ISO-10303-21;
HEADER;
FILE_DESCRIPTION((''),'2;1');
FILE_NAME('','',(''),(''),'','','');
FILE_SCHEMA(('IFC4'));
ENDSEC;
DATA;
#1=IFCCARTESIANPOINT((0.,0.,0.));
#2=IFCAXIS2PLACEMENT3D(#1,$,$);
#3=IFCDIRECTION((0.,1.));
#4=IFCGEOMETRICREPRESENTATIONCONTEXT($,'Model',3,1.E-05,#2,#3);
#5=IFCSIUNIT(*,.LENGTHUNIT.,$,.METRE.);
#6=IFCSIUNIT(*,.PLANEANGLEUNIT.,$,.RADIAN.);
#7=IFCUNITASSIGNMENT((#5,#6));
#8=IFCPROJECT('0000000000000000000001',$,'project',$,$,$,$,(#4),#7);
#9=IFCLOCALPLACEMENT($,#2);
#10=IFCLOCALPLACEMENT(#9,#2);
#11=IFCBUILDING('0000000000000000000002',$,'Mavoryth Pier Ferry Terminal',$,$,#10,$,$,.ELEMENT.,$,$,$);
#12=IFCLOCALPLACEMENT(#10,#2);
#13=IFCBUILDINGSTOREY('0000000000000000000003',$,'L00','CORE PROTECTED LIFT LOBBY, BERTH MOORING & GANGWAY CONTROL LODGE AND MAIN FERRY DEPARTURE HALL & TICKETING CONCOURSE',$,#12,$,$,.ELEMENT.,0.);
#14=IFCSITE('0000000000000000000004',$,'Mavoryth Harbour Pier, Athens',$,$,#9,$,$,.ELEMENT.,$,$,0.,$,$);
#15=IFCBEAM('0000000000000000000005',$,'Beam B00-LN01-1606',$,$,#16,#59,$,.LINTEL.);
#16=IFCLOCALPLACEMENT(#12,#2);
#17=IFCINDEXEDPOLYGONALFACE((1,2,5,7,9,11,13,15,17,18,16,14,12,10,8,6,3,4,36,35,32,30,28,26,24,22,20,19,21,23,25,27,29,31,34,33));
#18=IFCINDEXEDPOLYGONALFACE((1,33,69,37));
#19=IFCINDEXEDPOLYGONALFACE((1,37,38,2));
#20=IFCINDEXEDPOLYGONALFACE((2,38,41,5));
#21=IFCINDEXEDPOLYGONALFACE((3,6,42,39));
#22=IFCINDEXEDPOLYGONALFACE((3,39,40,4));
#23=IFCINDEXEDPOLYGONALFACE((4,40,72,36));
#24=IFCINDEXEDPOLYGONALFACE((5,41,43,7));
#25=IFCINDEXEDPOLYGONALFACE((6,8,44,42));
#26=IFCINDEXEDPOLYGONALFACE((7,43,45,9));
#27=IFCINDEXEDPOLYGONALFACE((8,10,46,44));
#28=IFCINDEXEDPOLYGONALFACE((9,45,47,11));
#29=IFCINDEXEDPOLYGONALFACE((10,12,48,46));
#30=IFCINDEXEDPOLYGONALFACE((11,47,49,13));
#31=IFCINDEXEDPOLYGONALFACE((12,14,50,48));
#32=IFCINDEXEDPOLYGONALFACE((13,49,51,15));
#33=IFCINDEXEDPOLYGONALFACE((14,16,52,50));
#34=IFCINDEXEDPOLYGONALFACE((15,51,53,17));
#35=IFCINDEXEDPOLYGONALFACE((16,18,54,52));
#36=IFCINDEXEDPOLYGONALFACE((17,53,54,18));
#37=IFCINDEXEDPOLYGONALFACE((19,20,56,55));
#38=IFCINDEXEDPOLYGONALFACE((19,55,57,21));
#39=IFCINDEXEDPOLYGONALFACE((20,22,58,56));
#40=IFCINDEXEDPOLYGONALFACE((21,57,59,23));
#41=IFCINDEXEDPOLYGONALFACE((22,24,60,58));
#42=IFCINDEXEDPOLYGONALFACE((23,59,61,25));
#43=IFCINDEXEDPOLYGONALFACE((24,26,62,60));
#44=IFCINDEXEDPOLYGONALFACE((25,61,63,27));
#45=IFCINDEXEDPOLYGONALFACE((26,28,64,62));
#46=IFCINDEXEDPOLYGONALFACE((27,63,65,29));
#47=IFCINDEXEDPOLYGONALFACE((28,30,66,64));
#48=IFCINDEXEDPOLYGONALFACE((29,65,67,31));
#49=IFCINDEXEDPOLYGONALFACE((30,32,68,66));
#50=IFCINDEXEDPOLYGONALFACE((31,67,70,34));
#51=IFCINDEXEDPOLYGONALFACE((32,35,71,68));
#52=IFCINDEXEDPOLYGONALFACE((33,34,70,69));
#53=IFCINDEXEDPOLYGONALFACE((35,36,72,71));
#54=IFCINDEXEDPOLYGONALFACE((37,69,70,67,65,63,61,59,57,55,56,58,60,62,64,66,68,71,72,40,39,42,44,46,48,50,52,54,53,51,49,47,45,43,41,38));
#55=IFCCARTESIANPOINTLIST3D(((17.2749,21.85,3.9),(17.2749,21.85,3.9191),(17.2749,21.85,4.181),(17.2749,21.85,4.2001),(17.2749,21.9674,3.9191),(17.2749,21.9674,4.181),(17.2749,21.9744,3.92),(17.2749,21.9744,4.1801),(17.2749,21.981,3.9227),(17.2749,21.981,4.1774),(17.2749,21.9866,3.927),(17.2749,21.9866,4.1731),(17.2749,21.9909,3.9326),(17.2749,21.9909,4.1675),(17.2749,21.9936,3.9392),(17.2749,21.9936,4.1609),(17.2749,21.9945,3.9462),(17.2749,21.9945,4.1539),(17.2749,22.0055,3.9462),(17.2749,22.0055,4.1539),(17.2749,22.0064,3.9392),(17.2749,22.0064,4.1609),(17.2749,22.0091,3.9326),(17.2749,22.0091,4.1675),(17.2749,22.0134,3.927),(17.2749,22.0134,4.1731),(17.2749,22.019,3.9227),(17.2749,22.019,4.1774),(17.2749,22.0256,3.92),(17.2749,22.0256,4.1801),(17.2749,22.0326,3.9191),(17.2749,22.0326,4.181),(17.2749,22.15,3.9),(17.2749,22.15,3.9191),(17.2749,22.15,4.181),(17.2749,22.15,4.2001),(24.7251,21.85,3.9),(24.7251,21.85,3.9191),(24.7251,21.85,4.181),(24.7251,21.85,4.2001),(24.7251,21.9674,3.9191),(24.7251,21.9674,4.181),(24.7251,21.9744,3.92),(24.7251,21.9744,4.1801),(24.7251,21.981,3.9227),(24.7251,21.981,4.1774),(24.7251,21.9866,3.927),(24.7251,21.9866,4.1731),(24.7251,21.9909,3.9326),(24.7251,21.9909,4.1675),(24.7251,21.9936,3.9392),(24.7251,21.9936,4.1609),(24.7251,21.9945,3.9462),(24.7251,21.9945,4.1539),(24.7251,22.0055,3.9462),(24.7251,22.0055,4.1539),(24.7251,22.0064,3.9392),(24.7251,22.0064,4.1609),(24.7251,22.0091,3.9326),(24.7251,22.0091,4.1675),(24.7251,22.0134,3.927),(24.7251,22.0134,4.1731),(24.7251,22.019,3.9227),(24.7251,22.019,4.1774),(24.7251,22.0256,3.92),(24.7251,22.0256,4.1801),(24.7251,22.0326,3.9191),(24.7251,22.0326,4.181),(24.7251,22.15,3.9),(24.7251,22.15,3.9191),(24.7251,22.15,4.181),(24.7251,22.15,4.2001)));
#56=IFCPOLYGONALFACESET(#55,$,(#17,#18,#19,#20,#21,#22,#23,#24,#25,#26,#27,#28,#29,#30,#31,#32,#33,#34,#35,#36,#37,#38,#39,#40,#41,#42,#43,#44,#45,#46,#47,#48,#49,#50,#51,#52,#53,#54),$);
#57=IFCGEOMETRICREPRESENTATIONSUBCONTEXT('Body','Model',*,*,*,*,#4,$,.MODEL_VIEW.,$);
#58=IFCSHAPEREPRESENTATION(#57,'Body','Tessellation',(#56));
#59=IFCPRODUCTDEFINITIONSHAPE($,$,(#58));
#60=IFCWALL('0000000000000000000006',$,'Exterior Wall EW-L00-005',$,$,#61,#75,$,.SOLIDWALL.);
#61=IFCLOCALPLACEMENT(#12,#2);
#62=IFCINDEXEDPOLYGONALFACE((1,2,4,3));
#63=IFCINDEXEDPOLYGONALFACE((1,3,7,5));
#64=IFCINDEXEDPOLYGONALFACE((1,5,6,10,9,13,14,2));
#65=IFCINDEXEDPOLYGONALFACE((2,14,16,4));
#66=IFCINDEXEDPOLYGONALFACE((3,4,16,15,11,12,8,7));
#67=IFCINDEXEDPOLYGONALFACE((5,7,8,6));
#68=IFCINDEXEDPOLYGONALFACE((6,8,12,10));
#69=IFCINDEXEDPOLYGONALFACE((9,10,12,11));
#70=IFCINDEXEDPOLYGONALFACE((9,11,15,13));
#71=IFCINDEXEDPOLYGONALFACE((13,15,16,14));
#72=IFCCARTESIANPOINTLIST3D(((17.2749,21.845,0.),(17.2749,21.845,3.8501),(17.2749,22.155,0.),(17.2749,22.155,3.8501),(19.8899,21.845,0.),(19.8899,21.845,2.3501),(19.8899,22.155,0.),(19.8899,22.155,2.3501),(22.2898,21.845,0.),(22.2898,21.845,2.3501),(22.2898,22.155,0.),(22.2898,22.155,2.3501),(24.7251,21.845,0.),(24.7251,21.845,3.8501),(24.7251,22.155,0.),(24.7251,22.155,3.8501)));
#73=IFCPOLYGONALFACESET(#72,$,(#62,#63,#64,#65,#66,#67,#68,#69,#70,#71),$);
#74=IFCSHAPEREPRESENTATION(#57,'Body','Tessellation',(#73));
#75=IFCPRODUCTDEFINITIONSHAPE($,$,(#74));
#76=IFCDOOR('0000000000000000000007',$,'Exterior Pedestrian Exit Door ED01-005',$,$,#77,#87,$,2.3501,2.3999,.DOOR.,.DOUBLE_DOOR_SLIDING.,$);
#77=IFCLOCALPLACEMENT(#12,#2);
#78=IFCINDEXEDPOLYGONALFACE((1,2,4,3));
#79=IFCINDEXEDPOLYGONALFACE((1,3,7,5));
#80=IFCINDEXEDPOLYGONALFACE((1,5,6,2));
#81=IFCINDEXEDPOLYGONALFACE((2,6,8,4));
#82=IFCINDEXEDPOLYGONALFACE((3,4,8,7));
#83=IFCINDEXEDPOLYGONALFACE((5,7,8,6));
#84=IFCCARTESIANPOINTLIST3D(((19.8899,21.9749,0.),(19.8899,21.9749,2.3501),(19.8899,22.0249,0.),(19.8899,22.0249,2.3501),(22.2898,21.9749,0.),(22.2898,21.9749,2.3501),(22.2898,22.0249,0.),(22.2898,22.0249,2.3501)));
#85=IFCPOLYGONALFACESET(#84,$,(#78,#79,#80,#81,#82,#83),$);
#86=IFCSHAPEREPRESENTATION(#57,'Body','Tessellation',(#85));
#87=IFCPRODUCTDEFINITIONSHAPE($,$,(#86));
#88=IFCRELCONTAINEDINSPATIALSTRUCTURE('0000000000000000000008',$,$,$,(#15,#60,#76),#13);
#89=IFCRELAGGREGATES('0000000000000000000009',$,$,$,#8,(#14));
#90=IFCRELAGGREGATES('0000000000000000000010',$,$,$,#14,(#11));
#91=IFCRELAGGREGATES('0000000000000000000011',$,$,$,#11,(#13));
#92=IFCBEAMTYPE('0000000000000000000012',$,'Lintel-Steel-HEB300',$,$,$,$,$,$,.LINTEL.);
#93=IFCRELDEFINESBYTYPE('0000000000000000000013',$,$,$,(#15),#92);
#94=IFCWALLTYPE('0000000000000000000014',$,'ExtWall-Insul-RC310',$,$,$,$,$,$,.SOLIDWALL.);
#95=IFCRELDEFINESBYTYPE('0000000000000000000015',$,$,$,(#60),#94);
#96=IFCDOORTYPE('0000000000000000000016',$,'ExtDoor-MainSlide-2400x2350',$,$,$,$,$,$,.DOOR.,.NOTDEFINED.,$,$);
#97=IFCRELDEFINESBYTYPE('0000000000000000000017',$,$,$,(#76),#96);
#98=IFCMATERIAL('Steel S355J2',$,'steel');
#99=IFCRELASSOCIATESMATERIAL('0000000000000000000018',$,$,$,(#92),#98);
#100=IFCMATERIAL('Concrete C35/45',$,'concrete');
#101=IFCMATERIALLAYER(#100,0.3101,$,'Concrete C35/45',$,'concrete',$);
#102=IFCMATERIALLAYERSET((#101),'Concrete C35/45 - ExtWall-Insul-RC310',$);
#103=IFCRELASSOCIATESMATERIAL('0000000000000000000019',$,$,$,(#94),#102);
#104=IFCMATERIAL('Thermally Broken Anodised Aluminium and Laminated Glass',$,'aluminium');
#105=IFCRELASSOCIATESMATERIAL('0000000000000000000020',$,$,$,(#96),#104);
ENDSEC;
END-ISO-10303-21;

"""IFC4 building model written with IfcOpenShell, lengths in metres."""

from ifc_helpers import new_model, si_unit, direction, frame, frame_2d, origin, origin_2d, place, context, subcontext, project, spatial, rectangle, i_section, extrude, material, layer, layer_set, material_profile, profile_set, type_object, element, fill, save


model = new_model("IFC4")

# Units and contexts
model_context = context("Model", 3, precision=1e-05, world=origin(), true_north=direction((0.0, 1.0)))
body_context = subcontext(model_context, "Body", "Model", "MODEL_VIEW")
ifc_project = project(units=[si_unit("LENGTHUNIT", "METRE"), si_unit("PLANEANGLEUNIT", "RADIAN")], contexts=[model_context])

# Site, building, storey
site_placement = place(None, origin())
site = spatial("IfcSite", under=ifc_project, at=site_placement, Name="Mavoryth Harbour Pier, Athens", CompositionType="ELEMENT", RefElevation=0.0)
building_placement = place(site_placement, origin())
building = spatial("IfcBuilding", under=site, at=building_placement, Name="Mavoryth Pier Ferry Terminal", CompositionType="ELEMENT")
storey_placement = place(building_placement, origin())
storey = spatial("IfcBuildingStorey", under=building, at=storey_placement, Name="L00", Description="CORE PROTECTED LIFT LOBBY, BERTH MOORING & GANGWAY CONTROL LODGE AND MAIN FERRY DEPARTURE HALL & TICKETING CONCOURSE", CompositionType="ELEMENT", Elevation=0.0)

# Shared definitions
ifc_material_1 = material(Name="Concrete C35/45", Category="concrete")

# Shared definitions
ifc_material_2 = material(Name="Steel S355J2", Category="steel")

# Beam
ifc_material_profile_1 = material_profile(ifc_material_2, i_section(OverallWidth=0.3, OverallDepth=0.3, WebThickness=0.011, FlangeThickness=0.019, FilletRadius=0.0271, at=origin_2d()), Name="HEB 300", Category="steel")
ifc_profile_set_1 = profile_set([ifc_material_profile_1], Name="Steel S355J2 - HEB 300")
beam_type = type_object("IfcBeamType", Name="Lintel-Steel-HEB300", PredefinedType="LINTEL", material=ifc_profile_set_1)
beam_placement = place(storey_placement, frame((17.2749, 22.0, 4.05), z_axis=(1.0, 0.0, 0.0), x_axis=(0.0, 1.0, 0.0)))
element("IfcBeam", 1, at=beam_placement, inside=storey, type_object=beam_type, Name="Beam B00-LN01-1606", PredefinedType="LINTEL", context=body_context, shape_type="SweptSolid", body=[
    extrude(i_section(OverallWidth=0.3, OverallDepth=0.3, WebThickness=0.011, FlangeThickness=0.019, FilletRadius=0.0271, at=origin_2d()), origin(), (0.0, 0.0, 1.0), 7.4502),
])

# Wall, opening, door
ifc_layer = layer(ifc_material_1, 0.3101, Name="Concrete C35/45", Category="concrete")
ifc_layer_set = layer_set([ifc_layer], Name="Concrete C35/45 - ExtWall-Insul-RC310")
wall_type = type_object("IfcWallType", Name="ExtWall-Insul-RC310", PredefinedType="SOLIDWALL", material=ifc_layer_set)
wall_placement = place(storey_placement, frame((17.2749, 22.0, 0.0), z_axis=(0.0, 0.0, 1.0), x_axis=(1.0, 0.0, 0.0)))
wall = element("IfcWall", 2, at=wall_placement, inside=storey, type_object=wall_type, Name="Exterior Wall EW-L00-005", PredefinedType="SOLIDWALL", context=body_context, shape_type="SweptSolid", body=[
    extrude(rectangle(XDim=7.4502, YDim=0.3101, at=frame_2d((3.7251, 0.0))), origin(), (0.0, 0.0, 1.0), 3.8501),
])
opening_placement = place(wall_placement, frame((2.615, 0.0, 0.0)))
opening = element("IfcOpeningElement", 3, at=opening_placement, cuts=wall, PredefinedType="OPENING", context=body_context, shape_type="SweptSolid", body=[
    extrude(rectangle(XDim=2.3999, YDim=2.3501, at=frame_2d((1.2, 1.175))), frame((0.0, 0.165, 0.0), z_axis=(0.0, -1.0, 0.0), x_axis=(1.0, 0.0, 0.0)), (0.0, 0.0, 1.0), 0.3301),
])
ifc_material_3 = material(Name="Thermally Broken Anodised Aluminium and Laminated Glass", Category="aluminium")
door_type = type_object("IfcDoorType", Name="ExtDoor-MainSlide-2400x2350", OperationType="NOTDEFINED", PredefinedType="DOOR", material=ifc_material_3)
door_placement = place(opening_placement, origin())
door = element("IfcDoor", 4, at=door_placement, inside=storey, type_object=door_type, Name="Exterior Pedestrian Exit Door ED01-005", OperationType="DOUBLE_DOOR_SLIDING", OverallHeight=2.3501, OverallWidth=2.3999, PredefinedType="DOOR", context=body_context, shape_type="SweptSolid", body=[
    extrude(rectangle(XDim=2.3999, YDim=2.3501, at=frame_2d((1.2, 1.175))), frame((0.0, 0.0249, 0.0), z_axis=(0.0, -1.0, 0.0), x_axis=(1.0, 0.0, 0.0)), (0.0, 0.0, 1.0), 0.05),
])
fill(opening, door)

save(model, "model.ifc")
